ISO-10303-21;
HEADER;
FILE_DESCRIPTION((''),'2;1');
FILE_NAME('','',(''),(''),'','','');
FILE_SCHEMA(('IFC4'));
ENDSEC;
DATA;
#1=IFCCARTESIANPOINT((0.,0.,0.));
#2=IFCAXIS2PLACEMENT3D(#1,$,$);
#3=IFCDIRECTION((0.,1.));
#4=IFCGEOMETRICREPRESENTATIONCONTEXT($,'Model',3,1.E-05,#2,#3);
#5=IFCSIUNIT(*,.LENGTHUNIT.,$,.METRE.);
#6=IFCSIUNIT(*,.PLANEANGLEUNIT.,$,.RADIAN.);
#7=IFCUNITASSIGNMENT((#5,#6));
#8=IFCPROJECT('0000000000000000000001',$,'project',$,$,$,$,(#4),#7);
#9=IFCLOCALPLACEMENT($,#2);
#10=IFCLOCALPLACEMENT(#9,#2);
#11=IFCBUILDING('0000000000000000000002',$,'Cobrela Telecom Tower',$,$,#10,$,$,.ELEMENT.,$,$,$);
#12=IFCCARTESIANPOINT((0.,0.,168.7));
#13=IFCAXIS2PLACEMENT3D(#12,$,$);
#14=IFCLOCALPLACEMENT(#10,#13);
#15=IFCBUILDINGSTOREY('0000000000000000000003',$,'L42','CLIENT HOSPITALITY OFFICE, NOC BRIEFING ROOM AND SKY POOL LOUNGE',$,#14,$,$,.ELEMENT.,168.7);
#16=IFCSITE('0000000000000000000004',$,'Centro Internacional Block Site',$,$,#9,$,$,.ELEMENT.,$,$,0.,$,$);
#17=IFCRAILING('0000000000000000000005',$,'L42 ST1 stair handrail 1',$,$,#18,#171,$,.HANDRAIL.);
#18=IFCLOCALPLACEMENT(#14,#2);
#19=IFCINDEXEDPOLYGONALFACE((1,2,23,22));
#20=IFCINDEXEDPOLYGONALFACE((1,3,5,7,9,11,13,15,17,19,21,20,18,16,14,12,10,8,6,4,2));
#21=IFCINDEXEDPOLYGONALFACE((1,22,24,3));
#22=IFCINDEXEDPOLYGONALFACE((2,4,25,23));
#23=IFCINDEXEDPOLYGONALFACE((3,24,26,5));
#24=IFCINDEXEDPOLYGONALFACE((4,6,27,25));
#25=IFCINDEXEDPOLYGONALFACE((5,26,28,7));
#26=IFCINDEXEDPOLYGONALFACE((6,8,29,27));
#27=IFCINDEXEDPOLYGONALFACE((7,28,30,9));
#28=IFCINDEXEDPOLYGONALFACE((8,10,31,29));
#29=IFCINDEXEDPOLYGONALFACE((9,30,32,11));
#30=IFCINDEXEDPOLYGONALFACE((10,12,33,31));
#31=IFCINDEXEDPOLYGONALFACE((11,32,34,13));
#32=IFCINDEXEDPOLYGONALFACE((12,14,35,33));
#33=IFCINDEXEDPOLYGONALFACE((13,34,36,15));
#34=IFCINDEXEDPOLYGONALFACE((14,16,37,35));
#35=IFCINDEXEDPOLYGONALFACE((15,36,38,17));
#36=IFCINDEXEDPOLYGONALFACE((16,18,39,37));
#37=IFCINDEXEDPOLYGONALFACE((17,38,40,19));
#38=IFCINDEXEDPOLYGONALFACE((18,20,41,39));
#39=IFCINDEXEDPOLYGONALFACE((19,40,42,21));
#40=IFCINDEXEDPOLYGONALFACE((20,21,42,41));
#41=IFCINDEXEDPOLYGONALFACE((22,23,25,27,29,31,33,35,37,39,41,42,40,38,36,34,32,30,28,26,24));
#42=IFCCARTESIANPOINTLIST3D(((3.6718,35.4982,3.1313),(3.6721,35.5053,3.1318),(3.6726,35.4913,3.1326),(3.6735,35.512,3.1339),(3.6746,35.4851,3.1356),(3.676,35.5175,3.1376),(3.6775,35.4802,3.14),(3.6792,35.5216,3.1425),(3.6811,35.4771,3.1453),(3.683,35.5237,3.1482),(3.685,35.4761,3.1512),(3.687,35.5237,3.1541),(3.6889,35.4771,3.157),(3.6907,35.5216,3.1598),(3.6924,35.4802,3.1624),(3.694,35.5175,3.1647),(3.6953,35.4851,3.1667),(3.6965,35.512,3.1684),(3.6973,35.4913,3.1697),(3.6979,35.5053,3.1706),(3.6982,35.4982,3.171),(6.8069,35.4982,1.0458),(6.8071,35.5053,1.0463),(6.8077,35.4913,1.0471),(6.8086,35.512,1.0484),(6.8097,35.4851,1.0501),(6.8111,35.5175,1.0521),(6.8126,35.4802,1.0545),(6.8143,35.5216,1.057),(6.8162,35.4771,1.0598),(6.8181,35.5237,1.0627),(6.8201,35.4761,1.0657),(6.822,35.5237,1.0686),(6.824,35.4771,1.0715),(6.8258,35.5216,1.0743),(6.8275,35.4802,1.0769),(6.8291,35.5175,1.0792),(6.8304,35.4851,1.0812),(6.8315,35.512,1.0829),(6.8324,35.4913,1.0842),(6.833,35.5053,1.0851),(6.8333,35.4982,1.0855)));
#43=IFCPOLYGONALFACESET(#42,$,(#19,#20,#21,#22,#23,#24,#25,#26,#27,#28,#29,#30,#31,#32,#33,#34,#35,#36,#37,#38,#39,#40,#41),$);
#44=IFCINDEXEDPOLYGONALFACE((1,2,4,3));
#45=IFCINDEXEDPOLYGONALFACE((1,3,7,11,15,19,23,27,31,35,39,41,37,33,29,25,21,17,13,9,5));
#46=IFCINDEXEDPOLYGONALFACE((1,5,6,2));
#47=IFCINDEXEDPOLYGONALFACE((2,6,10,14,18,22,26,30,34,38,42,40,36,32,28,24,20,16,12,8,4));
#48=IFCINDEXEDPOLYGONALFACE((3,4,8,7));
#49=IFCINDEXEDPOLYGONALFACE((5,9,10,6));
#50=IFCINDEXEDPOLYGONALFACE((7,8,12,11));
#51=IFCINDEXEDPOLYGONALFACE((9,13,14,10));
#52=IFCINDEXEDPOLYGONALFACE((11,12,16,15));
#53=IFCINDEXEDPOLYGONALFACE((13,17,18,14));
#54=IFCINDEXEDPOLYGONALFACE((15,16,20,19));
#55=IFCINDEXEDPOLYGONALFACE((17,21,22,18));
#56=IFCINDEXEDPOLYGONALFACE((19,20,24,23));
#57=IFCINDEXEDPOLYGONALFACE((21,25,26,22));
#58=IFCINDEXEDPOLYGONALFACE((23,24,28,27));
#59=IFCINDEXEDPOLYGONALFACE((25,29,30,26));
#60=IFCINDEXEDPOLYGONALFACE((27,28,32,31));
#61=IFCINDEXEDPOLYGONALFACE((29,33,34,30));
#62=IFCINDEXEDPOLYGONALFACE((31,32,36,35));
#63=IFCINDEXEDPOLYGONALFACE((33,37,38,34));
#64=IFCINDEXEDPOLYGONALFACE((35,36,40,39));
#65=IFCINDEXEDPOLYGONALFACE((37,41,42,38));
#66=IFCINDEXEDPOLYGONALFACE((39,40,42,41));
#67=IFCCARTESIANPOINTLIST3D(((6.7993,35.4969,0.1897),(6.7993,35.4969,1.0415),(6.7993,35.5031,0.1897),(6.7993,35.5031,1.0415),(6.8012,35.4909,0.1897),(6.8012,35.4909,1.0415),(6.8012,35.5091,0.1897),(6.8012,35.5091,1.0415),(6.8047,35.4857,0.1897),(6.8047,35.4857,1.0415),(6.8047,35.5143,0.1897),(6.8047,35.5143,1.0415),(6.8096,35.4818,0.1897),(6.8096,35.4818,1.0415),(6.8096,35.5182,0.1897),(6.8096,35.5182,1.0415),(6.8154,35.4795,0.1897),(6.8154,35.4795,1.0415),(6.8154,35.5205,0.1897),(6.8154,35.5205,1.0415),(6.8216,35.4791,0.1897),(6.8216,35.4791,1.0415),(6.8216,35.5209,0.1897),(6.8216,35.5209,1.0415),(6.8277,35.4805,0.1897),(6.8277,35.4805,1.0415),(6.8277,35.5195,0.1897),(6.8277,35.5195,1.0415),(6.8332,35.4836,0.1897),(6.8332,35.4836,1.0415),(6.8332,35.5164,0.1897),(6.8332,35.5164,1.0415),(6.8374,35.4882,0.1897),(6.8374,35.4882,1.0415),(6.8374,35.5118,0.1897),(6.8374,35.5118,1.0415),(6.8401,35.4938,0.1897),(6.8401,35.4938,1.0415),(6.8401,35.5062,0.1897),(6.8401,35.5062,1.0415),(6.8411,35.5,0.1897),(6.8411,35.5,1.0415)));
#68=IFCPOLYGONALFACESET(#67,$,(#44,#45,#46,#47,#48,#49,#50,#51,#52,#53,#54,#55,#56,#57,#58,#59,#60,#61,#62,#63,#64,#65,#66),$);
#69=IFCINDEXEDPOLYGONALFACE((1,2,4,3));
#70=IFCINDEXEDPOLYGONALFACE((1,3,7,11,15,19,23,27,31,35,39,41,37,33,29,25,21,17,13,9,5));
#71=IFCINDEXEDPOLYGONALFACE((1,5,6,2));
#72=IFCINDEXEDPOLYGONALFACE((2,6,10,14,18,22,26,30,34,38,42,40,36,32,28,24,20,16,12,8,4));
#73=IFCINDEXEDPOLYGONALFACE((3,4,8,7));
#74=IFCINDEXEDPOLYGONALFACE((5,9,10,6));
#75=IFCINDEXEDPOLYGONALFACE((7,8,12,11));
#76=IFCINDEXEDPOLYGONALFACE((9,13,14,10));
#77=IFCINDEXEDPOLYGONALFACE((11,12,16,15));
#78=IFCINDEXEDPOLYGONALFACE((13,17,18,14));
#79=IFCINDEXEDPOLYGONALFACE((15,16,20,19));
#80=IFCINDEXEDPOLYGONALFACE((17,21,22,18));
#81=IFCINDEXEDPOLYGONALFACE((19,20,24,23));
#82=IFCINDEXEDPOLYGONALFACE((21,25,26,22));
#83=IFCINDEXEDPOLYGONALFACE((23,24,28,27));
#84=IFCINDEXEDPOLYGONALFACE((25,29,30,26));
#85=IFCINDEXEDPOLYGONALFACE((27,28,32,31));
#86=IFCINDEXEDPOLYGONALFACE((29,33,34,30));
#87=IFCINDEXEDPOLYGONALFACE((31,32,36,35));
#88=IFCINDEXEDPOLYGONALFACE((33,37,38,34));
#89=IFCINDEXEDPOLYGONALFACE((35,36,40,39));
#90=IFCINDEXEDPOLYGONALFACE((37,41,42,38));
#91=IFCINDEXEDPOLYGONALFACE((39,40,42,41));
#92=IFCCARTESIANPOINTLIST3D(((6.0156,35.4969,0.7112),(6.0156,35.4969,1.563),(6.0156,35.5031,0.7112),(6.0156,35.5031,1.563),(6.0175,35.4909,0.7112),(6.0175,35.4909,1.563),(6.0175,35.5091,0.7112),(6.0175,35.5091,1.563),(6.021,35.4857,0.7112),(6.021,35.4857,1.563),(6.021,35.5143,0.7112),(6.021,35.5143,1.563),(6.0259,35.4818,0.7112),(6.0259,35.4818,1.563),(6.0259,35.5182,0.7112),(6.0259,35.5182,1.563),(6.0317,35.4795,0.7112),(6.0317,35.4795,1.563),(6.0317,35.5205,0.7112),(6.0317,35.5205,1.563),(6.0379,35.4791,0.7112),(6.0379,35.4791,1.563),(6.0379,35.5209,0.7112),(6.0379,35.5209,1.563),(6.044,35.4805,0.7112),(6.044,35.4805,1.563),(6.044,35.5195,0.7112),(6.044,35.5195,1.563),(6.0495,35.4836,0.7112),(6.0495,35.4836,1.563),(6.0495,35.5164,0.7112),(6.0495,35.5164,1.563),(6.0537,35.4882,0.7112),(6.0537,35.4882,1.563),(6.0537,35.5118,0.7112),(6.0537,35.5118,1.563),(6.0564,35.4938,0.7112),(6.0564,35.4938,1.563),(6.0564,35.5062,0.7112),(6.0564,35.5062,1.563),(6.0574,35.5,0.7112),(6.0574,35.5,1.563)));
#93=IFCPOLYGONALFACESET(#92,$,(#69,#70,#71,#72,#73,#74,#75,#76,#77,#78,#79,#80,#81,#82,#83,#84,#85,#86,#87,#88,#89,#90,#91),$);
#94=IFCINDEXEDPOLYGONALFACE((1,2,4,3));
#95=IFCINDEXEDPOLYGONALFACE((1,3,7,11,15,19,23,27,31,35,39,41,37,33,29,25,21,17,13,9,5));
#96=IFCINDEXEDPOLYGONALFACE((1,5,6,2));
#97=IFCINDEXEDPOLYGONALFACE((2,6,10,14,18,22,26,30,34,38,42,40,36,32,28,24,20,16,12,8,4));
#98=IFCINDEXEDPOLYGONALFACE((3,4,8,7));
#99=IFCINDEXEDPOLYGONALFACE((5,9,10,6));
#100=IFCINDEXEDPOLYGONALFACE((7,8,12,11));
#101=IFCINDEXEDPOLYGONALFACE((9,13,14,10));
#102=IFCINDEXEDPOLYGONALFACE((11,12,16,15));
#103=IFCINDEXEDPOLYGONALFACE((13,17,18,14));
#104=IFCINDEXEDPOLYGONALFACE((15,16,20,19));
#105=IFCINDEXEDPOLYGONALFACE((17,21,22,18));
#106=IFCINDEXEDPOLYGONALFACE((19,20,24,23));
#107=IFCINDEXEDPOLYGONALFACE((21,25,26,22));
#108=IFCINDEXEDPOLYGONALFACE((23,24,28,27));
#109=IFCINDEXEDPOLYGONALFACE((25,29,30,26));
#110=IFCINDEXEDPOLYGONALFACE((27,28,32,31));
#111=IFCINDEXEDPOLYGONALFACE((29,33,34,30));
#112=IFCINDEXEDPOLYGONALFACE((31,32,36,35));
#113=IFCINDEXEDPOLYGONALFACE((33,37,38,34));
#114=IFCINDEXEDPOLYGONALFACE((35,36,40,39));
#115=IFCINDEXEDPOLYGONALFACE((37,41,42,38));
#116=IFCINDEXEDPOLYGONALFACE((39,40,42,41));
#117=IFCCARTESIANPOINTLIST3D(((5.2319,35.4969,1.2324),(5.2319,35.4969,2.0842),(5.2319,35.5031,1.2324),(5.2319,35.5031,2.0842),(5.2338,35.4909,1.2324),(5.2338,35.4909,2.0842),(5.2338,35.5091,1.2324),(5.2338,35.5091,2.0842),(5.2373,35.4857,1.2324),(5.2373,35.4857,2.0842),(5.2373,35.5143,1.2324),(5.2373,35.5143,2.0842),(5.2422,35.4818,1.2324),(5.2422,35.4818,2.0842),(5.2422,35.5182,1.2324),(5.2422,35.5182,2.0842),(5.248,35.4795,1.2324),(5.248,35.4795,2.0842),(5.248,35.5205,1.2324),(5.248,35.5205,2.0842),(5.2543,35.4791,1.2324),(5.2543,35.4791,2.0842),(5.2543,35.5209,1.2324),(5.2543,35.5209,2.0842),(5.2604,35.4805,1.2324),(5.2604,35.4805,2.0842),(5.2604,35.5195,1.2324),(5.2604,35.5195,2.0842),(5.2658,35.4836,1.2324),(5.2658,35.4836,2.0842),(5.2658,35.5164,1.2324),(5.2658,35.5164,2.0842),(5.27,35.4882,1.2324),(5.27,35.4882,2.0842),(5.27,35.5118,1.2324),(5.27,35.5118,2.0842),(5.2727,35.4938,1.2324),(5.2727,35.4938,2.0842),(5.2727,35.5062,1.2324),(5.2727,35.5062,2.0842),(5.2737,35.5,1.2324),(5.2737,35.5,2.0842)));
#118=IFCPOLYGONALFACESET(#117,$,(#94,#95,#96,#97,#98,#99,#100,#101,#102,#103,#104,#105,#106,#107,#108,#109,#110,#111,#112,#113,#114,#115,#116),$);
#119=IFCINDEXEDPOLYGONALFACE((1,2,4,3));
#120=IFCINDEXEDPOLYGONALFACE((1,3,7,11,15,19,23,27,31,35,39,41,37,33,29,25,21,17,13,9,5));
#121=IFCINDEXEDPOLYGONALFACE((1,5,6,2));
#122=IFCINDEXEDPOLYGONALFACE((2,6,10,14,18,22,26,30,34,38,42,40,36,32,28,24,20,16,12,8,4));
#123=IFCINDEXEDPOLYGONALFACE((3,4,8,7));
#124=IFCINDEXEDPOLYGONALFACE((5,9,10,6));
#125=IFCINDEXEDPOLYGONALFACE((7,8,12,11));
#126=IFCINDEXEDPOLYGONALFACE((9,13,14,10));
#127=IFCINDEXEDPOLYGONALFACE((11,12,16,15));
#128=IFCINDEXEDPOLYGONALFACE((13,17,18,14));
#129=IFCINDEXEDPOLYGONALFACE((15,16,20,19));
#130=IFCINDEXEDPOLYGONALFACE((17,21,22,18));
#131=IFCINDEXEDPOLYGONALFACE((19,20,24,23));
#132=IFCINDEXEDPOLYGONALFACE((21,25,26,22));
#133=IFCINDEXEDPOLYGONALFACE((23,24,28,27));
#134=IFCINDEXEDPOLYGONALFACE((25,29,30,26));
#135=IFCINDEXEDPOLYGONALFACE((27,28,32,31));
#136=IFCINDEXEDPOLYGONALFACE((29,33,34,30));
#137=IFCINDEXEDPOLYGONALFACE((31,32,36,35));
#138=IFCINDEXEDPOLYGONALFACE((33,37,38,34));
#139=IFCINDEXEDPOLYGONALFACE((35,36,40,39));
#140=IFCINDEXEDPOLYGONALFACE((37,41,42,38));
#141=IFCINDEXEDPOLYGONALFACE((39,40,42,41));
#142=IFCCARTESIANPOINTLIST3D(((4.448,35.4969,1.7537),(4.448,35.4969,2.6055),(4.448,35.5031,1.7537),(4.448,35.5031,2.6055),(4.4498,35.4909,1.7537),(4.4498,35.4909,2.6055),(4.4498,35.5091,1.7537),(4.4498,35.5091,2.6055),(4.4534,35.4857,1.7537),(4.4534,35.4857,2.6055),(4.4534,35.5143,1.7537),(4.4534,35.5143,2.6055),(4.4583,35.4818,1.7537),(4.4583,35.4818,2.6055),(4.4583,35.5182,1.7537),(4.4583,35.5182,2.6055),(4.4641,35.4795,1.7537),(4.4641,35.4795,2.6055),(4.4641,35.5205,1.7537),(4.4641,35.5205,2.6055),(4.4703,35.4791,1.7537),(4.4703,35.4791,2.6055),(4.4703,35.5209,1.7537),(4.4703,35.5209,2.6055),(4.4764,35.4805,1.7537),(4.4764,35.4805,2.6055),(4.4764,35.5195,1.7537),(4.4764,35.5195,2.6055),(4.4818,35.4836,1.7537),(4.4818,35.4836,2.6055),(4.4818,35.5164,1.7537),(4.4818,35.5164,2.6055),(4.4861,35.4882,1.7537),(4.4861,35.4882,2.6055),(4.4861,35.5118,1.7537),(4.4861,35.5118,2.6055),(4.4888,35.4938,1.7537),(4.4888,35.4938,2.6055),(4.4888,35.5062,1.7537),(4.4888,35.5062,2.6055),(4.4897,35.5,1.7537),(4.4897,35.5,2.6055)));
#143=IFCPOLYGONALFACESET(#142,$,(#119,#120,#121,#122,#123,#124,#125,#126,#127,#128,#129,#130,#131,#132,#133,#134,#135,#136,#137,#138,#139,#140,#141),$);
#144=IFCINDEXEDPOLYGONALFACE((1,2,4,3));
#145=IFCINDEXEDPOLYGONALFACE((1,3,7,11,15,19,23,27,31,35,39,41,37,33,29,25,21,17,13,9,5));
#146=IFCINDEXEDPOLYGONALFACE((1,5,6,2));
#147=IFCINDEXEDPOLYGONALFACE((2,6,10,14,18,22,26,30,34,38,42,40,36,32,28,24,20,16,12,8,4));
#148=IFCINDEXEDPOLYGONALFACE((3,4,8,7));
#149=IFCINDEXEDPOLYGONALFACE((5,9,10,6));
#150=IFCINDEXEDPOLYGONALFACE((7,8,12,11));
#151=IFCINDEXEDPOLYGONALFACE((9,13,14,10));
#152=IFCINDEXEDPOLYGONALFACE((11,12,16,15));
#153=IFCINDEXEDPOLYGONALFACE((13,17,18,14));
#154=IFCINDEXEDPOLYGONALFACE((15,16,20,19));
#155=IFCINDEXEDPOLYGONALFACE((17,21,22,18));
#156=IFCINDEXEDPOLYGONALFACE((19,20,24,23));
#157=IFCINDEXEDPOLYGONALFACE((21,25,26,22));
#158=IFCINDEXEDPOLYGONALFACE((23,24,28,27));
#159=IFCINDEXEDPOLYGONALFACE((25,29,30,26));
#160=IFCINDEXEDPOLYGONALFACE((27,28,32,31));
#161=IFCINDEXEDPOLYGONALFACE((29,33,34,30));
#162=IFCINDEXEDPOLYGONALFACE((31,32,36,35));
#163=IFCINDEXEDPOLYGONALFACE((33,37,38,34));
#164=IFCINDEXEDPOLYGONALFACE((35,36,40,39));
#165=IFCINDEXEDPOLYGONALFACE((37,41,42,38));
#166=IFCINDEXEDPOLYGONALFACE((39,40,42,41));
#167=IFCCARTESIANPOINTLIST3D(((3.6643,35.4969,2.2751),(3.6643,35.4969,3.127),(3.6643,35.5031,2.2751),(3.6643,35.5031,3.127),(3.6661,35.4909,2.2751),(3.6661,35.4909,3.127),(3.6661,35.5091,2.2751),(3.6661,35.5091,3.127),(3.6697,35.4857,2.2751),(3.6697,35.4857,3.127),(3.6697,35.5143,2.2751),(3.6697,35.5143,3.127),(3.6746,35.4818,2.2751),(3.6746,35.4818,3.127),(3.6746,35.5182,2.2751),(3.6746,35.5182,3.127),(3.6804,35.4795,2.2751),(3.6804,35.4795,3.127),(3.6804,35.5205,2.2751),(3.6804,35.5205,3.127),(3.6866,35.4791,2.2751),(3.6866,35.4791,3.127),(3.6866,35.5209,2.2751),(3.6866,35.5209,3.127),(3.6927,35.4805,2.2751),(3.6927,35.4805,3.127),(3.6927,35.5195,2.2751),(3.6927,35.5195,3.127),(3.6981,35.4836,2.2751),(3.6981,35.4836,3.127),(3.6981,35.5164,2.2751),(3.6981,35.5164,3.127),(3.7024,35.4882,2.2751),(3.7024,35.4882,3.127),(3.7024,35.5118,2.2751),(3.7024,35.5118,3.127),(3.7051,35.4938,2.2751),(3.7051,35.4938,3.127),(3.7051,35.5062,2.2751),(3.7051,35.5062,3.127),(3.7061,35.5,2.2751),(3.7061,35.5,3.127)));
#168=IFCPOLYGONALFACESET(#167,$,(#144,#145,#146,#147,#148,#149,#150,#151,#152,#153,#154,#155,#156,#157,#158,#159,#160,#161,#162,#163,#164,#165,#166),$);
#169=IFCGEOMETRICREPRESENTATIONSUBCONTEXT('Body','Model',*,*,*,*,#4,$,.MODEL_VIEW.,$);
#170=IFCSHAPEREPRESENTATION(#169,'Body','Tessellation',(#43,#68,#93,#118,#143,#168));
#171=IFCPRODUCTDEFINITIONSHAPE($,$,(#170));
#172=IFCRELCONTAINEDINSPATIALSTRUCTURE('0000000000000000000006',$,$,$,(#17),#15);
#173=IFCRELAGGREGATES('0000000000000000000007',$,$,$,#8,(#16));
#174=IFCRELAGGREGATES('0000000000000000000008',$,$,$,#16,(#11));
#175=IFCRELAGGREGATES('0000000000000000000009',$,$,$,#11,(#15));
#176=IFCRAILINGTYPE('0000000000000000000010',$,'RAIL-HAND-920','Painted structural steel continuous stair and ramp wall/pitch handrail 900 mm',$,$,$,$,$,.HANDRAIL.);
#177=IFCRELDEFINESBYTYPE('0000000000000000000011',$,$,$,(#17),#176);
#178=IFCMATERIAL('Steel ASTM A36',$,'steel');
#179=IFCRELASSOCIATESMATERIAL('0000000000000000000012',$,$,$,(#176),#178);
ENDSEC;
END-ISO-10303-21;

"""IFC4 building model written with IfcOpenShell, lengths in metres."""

from ifc_helpers import new_model, si_unit, direction, frame, origin, origin_2d, place, context, subcontext, project, spatial, circle, extrude, material, type_object, element, save


model = new_model("IFC4")

# Units and contexts
model_context = context("Model", 3, precision=1e-05, world=origin(), true_north=direction((0.0, 1.0)))
body_context = subcontext(model_context, "Body", "Model", "MODEL_VIEW")
ifc_project = project(units=[si_unit("LENGTHUNIT", "METRE"), si_unit("PLANEANGLEUNIT", "RADIAN")], contexts=[model_context])

# Site, building, storey
site_placement = place(None, origin())
site = spatial("IfcSite", under=ifc_project, at=site_placement, Name="Centro Internacional Block Site", CompositionType="ELEMENT", RefElevation=0.0)
building_placement = place(site_placement, origin())
building = spatial("IfcBuilding", under=site, at=building_placement, Name="Cobrela Telecom Tower", CompositionType="ELEMENT")
storey_placement = place(building_placement, frame((0.0, 0.0, 168.7)))
storey = spatial("IfcBuildingStorey", under=building, at=storey_placement, Name="L42", Description="CLIENT HOSPITALITY OFFICE, NOC BRIEFING ROOM AND SKY POOL LOUNGE", CompositionType="ELEMENT", Elevation=168.7)

# Railing
ifc_material_1 = material(Name="Steel ASTM A36", Category="steel")
railing_type_1 = type_object("IfcRailingType", Name="RAIL-HAND-920", Description="Painted structural steel continuous stair and ramp wall/pitch handrail 900 mm", PredefinedType="HANDRAIL", material=ifc_material_1)
railing_1_placement = place(storey_placement, frame((6.8201, 35.5, 0.1897)))
element("IfcRailing", 1, at=railing_1_placement, inside=storey, type_object=railing_type_1, Name="L42 ST1 stair handrail 1", PredefinedType="HANDRAIL", context=body_context, shape_type="SweptSolid", body=[
    extrude(circle(Radius=0.0239, at=origin_2d()), frame((0.0, 0.0, 0.876), z_axis=(-0.832608, 0.0, 0.553862), x_axis=(0.0, -1.0, 0.0)), (0.0, 0.0, 1.0), 3.7654),
    extrude(circle(Radius=0.021, at=origin_2d()), origin(), (0.0, 0.0, 1.0), 0.8518),
    extrude(circle(Radius=0.021, at=origin_2d()), frame((-0.7837, 0.0, 0.5215)), (0.0, 0.0, 1.0), 0.8518),
    extrude(circle(Radius=0.021, at=origin_2d()), frame((-1.5674, 0.0, 1.0427)), (0.0, 0.0, 1.0), 0.8518),
    extrude(circle(Radius=0.021, at=origin_2d()), frame((-2.3513, 0.0, 1.564)), (0.0, 0.0, 1.0), 0.8518),
    extrude(circle(Radius=0.021, at=origin_2d()), frame((-3.135, 0.0, 2.0854)), (0.0, 0.0, 1.0), 0.8518),
])

save(model, "model.ifc")
